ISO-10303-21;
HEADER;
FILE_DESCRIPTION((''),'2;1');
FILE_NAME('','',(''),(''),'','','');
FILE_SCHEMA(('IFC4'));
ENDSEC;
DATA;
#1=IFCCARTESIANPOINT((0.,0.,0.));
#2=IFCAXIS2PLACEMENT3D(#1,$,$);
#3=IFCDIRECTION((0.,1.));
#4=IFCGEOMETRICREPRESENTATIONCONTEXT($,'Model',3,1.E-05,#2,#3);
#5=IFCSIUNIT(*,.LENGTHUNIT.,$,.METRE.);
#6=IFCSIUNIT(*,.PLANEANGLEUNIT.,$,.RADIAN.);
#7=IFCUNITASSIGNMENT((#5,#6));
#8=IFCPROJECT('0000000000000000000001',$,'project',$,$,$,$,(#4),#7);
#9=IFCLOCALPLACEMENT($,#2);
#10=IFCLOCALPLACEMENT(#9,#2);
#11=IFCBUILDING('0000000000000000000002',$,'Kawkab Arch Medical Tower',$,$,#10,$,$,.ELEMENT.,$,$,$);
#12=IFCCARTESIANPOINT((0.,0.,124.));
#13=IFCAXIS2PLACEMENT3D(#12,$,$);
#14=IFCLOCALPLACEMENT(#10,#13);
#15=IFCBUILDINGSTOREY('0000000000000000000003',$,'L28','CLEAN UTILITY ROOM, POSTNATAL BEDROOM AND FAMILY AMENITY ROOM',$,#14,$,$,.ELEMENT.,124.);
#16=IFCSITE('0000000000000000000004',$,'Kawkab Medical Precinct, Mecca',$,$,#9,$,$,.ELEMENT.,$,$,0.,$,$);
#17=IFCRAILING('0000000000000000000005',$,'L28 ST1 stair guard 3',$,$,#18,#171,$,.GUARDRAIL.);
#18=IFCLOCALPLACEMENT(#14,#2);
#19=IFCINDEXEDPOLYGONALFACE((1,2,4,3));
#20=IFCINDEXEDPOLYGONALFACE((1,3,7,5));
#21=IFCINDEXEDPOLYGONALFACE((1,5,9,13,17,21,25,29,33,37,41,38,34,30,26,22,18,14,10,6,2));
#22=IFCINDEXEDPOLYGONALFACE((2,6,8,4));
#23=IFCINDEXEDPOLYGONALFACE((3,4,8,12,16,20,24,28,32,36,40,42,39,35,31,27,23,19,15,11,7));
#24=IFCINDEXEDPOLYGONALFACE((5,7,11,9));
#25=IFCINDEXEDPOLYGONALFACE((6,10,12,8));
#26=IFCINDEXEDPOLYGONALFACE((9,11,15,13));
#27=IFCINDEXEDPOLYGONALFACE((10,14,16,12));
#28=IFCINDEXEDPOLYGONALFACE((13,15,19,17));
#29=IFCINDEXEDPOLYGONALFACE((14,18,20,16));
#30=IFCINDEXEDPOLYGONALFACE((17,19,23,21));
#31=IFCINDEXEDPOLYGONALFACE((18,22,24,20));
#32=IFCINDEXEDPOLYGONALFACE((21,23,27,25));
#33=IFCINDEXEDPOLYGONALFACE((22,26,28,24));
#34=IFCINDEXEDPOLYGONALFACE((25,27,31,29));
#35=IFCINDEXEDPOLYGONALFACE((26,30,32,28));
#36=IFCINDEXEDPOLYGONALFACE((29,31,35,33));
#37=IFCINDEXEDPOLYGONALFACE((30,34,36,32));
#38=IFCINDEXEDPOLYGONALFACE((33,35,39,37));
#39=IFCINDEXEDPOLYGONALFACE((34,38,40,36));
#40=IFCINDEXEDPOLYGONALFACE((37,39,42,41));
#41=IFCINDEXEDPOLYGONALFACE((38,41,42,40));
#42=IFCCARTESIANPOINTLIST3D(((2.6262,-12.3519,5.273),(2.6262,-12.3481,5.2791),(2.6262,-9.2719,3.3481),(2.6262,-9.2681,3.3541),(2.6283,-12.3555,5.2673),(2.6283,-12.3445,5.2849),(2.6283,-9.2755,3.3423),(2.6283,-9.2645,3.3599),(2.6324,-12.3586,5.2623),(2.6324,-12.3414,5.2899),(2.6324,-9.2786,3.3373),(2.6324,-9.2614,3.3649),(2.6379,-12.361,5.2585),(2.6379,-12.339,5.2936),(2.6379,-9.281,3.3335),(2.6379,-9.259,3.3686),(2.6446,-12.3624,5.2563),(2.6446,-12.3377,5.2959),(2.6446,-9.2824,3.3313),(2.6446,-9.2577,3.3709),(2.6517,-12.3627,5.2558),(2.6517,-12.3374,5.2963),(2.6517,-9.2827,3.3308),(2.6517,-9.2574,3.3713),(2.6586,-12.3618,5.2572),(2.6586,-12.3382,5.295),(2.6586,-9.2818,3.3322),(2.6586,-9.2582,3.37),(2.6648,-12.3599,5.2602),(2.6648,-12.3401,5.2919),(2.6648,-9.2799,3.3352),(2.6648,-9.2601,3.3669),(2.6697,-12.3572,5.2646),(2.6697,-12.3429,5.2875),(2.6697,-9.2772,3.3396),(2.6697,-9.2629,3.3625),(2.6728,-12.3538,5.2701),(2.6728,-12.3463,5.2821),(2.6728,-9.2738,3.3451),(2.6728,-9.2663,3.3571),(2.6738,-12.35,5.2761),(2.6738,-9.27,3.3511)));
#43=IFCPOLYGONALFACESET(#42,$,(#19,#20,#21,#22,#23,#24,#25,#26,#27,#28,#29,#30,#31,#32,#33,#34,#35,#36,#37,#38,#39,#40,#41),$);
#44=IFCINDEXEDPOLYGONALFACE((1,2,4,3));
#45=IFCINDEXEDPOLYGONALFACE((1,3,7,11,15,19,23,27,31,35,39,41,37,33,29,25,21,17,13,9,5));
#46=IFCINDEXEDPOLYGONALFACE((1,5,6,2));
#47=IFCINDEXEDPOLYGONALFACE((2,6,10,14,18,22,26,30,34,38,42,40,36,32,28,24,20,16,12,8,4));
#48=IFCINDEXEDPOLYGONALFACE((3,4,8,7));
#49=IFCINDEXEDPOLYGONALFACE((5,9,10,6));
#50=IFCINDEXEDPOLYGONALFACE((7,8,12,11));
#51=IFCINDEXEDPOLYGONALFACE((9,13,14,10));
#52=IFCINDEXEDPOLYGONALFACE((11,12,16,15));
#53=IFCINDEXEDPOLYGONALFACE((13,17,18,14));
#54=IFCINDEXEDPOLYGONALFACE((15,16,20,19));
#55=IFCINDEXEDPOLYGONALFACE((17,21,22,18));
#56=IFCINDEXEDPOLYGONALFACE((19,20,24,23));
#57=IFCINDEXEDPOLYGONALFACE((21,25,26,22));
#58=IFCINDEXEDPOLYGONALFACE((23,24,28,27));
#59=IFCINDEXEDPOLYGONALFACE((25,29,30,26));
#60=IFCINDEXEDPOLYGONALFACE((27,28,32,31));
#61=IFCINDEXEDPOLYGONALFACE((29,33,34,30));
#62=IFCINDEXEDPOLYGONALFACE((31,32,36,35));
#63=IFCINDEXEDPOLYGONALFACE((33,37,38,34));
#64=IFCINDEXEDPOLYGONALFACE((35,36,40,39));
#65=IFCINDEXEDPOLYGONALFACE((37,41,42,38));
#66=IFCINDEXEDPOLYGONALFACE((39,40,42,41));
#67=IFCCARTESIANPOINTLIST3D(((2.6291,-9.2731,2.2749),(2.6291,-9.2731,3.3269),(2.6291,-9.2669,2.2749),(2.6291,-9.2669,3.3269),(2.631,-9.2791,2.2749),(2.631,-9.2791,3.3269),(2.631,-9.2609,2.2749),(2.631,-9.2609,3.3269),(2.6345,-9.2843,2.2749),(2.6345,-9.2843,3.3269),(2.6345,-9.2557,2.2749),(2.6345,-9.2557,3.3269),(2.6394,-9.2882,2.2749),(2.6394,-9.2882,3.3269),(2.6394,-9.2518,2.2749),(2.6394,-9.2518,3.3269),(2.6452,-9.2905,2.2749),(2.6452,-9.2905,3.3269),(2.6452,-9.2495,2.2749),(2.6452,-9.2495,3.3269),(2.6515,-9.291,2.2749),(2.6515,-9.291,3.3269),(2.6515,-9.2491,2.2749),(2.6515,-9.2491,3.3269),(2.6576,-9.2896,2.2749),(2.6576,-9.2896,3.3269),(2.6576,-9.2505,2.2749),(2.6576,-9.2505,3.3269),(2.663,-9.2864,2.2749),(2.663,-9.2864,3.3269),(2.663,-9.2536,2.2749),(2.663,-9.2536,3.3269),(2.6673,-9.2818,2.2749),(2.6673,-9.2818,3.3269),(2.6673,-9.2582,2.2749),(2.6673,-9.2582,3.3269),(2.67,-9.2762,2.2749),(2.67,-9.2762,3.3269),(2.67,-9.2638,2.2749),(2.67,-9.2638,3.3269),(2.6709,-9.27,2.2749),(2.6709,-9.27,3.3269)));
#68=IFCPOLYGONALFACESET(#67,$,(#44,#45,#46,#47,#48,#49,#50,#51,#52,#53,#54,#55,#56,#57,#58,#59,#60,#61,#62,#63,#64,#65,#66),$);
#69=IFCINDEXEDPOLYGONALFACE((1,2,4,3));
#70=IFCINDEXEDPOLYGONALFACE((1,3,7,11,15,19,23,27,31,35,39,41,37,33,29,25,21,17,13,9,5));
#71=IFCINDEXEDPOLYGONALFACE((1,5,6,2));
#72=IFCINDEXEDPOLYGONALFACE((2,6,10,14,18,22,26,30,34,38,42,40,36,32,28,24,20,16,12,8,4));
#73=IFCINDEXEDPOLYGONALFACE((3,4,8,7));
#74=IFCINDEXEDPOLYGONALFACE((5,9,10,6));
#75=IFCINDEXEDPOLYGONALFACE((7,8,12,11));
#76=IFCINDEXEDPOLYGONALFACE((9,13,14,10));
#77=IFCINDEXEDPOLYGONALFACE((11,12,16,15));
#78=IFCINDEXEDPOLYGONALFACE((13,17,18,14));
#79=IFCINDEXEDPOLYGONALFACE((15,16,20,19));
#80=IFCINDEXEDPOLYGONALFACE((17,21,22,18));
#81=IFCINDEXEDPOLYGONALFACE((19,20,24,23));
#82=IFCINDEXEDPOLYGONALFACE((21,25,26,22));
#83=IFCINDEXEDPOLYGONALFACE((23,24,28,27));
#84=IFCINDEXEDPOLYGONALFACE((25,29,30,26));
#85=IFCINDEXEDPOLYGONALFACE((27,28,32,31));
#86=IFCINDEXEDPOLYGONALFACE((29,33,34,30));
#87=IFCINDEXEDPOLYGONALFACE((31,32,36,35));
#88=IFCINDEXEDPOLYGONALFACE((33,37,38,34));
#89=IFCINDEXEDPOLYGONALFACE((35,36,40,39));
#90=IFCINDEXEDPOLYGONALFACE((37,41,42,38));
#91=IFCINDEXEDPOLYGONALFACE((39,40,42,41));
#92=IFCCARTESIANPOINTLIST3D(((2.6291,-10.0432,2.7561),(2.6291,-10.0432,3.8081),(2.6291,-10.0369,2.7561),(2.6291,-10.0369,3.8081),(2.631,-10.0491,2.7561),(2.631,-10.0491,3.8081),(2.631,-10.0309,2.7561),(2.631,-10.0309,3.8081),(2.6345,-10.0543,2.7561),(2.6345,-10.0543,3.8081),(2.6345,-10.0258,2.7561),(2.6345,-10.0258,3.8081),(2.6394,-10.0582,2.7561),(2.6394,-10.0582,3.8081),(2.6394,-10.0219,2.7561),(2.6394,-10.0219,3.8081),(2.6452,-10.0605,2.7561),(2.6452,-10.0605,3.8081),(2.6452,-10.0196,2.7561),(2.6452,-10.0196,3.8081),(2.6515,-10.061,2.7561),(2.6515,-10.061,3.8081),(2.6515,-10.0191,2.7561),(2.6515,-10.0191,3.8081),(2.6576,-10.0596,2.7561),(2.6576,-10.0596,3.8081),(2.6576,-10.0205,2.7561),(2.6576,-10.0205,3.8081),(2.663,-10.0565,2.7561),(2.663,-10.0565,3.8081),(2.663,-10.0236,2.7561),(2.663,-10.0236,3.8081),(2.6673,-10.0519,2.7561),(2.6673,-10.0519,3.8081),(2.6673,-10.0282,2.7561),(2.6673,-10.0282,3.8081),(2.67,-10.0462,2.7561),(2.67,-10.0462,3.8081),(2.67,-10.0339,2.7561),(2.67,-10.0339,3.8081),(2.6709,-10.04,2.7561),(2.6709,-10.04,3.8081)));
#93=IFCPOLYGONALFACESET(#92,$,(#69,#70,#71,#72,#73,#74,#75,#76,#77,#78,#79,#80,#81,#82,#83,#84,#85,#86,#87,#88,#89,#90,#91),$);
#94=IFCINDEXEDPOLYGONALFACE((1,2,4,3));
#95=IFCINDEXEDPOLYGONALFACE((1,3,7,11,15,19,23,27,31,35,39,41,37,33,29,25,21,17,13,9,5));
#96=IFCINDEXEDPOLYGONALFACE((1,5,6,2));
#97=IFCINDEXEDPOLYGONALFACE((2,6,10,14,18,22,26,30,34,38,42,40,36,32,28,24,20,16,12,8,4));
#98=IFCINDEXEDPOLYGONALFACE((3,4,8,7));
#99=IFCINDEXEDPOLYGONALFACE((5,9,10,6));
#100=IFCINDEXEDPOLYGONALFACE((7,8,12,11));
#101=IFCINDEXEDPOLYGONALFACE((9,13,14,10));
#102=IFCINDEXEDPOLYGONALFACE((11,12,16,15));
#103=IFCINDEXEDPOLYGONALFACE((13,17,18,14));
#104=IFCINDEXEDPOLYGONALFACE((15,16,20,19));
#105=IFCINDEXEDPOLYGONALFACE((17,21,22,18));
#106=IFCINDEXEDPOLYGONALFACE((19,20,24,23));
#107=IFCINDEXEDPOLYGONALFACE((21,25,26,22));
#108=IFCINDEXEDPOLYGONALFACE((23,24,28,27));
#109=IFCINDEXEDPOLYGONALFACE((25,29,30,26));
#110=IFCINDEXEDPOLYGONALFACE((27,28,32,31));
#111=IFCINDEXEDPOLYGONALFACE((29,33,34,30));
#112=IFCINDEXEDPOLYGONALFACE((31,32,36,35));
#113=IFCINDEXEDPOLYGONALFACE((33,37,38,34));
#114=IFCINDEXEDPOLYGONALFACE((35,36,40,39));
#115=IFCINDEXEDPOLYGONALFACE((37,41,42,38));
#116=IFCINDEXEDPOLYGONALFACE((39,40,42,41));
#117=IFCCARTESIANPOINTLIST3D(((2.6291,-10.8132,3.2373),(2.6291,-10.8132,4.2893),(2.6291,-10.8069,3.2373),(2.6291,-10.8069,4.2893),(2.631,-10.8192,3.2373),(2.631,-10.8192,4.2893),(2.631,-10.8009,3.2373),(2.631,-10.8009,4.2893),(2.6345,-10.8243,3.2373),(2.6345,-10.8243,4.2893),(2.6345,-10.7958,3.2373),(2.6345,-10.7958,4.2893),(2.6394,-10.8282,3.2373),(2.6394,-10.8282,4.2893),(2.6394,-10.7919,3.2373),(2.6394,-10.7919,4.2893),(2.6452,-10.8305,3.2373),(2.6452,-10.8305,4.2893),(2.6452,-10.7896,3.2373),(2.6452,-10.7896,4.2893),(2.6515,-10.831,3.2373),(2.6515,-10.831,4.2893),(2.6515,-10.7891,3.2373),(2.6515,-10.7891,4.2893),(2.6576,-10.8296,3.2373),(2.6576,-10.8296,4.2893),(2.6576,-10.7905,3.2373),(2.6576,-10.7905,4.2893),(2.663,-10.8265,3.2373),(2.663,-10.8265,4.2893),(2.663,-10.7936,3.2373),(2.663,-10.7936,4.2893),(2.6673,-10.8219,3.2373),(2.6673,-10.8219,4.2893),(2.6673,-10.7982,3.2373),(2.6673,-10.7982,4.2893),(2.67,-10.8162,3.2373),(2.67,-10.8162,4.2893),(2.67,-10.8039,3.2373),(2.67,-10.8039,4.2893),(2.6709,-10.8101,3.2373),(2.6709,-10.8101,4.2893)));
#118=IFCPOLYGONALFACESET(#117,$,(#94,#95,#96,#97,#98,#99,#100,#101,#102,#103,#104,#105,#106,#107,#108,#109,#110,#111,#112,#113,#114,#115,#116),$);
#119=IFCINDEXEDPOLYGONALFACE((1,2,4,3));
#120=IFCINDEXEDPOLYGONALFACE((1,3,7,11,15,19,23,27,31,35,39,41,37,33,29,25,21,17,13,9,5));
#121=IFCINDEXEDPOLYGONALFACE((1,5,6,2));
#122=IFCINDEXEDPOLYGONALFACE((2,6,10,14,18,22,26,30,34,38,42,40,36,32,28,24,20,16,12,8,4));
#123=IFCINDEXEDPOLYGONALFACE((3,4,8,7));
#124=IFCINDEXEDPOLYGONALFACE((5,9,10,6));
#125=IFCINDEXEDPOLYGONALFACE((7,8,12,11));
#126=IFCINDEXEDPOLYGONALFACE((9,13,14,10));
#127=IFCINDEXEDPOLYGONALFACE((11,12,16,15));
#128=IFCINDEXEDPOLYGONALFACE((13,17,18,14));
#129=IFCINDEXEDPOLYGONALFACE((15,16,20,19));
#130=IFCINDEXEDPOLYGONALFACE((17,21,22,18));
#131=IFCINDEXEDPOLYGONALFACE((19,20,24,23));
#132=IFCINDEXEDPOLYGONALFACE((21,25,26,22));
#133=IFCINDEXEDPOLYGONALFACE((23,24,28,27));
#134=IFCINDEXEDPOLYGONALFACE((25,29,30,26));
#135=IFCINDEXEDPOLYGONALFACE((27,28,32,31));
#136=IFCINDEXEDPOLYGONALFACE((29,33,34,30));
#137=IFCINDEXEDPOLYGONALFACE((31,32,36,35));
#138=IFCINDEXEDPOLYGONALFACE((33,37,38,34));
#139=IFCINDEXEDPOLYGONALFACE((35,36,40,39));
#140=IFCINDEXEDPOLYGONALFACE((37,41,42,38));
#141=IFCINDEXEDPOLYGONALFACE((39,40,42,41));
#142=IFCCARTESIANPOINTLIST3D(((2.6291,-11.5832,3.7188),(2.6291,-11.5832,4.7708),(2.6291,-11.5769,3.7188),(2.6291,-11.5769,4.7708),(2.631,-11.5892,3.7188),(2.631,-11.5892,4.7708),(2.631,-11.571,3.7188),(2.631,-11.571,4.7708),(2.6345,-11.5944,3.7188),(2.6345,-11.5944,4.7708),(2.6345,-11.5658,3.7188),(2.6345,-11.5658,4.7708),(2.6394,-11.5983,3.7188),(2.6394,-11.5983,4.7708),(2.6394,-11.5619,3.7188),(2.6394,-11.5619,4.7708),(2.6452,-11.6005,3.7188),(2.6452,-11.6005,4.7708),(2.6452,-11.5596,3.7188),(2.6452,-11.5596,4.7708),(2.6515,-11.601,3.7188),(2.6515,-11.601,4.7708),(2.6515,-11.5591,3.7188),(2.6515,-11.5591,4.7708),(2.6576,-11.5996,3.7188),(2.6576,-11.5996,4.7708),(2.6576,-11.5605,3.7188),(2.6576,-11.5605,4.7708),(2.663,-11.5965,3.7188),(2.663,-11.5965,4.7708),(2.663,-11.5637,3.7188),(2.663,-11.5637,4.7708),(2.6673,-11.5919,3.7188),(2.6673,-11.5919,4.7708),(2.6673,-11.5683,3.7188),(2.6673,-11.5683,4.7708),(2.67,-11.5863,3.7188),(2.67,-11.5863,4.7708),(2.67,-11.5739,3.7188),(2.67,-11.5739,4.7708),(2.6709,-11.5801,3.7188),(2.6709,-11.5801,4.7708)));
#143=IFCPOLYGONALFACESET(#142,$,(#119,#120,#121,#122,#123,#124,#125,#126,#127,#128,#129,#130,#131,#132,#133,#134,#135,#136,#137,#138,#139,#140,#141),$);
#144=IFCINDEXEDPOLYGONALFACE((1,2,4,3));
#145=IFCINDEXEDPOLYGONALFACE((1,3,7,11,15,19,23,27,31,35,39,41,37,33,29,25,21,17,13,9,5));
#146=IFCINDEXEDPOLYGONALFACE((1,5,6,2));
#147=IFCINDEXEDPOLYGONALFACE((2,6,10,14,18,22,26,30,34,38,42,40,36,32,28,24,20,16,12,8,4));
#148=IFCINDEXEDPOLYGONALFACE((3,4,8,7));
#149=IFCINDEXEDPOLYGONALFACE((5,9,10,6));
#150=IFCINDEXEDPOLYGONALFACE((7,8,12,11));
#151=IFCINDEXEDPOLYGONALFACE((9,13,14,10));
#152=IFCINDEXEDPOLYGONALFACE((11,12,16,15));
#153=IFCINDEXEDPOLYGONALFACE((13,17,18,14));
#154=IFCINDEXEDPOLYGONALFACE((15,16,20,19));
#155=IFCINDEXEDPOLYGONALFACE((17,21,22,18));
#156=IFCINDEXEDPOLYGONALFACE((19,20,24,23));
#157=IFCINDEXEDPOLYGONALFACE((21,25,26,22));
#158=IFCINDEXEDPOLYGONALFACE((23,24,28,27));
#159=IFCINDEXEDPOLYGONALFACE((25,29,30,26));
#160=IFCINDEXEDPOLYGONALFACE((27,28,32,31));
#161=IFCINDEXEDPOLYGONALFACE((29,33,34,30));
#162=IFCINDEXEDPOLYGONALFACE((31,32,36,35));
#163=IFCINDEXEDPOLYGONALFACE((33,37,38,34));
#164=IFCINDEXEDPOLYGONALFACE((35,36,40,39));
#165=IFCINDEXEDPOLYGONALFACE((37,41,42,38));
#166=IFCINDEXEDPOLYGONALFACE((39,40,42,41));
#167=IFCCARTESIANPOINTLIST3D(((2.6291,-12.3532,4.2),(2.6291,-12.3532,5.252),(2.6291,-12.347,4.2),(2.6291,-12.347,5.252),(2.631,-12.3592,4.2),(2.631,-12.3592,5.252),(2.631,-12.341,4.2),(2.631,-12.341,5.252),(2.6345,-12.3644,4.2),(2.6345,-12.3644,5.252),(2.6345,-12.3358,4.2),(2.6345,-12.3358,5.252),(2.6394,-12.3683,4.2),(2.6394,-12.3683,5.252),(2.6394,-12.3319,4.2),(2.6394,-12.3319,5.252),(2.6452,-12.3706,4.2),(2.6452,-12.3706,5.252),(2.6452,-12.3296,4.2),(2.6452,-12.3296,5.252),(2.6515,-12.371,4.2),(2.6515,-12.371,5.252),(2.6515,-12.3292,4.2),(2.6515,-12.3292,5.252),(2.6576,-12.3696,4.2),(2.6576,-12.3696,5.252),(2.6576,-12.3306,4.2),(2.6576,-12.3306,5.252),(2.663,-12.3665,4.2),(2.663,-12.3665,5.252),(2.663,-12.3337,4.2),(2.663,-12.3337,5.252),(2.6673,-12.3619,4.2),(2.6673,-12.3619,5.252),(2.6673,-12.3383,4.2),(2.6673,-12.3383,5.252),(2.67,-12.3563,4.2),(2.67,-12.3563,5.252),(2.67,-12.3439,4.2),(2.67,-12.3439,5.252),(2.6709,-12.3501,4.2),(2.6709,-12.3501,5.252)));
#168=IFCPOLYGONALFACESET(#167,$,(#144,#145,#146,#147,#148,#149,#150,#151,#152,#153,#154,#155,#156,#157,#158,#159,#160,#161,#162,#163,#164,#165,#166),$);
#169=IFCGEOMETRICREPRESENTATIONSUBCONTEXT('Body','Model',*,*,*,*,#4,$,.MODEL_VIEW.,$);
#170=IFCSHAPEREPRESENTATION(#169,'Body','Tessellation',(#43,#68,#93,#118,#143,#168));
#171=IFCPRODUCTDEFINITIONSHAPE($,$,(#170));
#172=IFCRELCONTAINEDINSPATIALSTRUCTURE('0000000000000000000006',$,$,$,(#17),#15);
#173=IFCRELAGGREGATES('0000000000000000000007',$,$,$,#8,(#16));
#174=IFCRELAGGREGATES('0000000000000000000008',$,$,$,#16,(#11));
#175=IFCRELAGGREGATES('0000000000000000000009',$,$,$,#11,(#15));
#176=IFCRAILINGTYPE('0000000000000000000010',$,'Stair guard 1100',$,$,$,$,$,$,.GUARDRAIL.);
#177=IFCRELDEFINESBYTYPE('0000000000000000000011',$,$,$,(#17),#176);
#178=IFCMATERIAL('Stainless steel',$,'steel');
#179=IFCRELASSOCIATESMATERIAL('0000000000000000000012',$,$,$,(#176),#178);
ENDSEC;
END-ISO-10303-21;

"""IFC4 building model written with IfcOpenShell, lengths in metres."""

from ifc_helpers import new_model, si_unit, direction, frame, origin, origin_2d, place, context, subcontext, project, spatial, circle, extrude, material, type_object, element, save


model = new_model("IFC4")

# Units and contexts
model_context = context("Model", 3, precision=1e-05, world=origin(), true_north=direction((0.0, 1.0)))
body_context = subcontext(model_context, "Body", "Model", "MODEL_VIEW")
ifc_project = project(units=[si_unit("LENGTHUNIT", "METRE"), si_unit("PLANEANGLEUNIT", "RADIAN")], contexts=[model_context])

# Site, building, storey
site_placement = place(None, origin())
site = spatial("IfcSite", under=ifc_project, at=site_placement, Name="Kawkab Medical Precinct, Mecca", CompositionType="ELEMENT", RefElevation=0.0)
building_placement = place(site_placement, origin())
building = spatial("IfcBuilding", under=site, at=building_placement, Name="Kawkab Arch Medical Tower", CompositionType="ELEMENT")
storey_placement = place(building_placement, frame((0.0, 0.0, 124.0)))
storey = spatial("IfcBuildingStorey", under=building, at=storey_placement, Name="L28", Description="CLEAN UTILITY ROOM, POSTNATAL BEDROOM AND FAMILY AMENITY ROOM", CompositionType="ELEMENT", Elevation=124.0)

# Railing
ifc_material_1 = material(Name="Stainless steel", Category="steel")
railing_type_1 = type_object("IfcRailingType", Name="Stair guard 1100", PredefinedType="GUARDRAIL", material=ifc_material_1)
railing_1_placement = place(storey_placement, frame((2.6499, -9.27, 2.2749)))
element("IfcRailing", 1, at=railing_1_placement, inside=storey, type_object=railing_type_1, Name="L28 ST1 stair guard 3", PredefinedType="GUARDRAIL", context=body_context, shape_type="SweptSolid", body=[
    extrude(circle(Radius=0.0239, at=origin_2d()), frame((0.0, 0.0, 1.0762), z_axis=(0.0, -0.847998, 0.529999), x_axis=(1.0, 0.0, 0.0)), (0.0, 0.0, 1.0), 3.6321),
    extrude(circle(Radius=0.021, at=origin_2d()), origin(), (0.0, 0.0, 1.0), 1.052),
    extrude(circle(Radius=0.021, at=origin_2d()), frame((0.0, -0.77, 0.4812)), (0.0, 0.0, 1.0), 1.052),
    extrude(circle(Radius=0.021, at=origin_2d()), frame((0.0, -1.54, 0.9624)), (0.0, 0.0, 1.0), 1.052),
    extrude(circle(Radius=0.021, at=origin_2d()), frame((0.0, -2.3101, 1.4438)), (0.0, 0.0, 1.0), 1.052),
    extrude(circle(Radius=0.021, at=origin_2d()), frame((0.0, -3.0801, 1.925)), (0.0, 0.0, 1.0), 1.052),
])

save(model, "model.ifc")
